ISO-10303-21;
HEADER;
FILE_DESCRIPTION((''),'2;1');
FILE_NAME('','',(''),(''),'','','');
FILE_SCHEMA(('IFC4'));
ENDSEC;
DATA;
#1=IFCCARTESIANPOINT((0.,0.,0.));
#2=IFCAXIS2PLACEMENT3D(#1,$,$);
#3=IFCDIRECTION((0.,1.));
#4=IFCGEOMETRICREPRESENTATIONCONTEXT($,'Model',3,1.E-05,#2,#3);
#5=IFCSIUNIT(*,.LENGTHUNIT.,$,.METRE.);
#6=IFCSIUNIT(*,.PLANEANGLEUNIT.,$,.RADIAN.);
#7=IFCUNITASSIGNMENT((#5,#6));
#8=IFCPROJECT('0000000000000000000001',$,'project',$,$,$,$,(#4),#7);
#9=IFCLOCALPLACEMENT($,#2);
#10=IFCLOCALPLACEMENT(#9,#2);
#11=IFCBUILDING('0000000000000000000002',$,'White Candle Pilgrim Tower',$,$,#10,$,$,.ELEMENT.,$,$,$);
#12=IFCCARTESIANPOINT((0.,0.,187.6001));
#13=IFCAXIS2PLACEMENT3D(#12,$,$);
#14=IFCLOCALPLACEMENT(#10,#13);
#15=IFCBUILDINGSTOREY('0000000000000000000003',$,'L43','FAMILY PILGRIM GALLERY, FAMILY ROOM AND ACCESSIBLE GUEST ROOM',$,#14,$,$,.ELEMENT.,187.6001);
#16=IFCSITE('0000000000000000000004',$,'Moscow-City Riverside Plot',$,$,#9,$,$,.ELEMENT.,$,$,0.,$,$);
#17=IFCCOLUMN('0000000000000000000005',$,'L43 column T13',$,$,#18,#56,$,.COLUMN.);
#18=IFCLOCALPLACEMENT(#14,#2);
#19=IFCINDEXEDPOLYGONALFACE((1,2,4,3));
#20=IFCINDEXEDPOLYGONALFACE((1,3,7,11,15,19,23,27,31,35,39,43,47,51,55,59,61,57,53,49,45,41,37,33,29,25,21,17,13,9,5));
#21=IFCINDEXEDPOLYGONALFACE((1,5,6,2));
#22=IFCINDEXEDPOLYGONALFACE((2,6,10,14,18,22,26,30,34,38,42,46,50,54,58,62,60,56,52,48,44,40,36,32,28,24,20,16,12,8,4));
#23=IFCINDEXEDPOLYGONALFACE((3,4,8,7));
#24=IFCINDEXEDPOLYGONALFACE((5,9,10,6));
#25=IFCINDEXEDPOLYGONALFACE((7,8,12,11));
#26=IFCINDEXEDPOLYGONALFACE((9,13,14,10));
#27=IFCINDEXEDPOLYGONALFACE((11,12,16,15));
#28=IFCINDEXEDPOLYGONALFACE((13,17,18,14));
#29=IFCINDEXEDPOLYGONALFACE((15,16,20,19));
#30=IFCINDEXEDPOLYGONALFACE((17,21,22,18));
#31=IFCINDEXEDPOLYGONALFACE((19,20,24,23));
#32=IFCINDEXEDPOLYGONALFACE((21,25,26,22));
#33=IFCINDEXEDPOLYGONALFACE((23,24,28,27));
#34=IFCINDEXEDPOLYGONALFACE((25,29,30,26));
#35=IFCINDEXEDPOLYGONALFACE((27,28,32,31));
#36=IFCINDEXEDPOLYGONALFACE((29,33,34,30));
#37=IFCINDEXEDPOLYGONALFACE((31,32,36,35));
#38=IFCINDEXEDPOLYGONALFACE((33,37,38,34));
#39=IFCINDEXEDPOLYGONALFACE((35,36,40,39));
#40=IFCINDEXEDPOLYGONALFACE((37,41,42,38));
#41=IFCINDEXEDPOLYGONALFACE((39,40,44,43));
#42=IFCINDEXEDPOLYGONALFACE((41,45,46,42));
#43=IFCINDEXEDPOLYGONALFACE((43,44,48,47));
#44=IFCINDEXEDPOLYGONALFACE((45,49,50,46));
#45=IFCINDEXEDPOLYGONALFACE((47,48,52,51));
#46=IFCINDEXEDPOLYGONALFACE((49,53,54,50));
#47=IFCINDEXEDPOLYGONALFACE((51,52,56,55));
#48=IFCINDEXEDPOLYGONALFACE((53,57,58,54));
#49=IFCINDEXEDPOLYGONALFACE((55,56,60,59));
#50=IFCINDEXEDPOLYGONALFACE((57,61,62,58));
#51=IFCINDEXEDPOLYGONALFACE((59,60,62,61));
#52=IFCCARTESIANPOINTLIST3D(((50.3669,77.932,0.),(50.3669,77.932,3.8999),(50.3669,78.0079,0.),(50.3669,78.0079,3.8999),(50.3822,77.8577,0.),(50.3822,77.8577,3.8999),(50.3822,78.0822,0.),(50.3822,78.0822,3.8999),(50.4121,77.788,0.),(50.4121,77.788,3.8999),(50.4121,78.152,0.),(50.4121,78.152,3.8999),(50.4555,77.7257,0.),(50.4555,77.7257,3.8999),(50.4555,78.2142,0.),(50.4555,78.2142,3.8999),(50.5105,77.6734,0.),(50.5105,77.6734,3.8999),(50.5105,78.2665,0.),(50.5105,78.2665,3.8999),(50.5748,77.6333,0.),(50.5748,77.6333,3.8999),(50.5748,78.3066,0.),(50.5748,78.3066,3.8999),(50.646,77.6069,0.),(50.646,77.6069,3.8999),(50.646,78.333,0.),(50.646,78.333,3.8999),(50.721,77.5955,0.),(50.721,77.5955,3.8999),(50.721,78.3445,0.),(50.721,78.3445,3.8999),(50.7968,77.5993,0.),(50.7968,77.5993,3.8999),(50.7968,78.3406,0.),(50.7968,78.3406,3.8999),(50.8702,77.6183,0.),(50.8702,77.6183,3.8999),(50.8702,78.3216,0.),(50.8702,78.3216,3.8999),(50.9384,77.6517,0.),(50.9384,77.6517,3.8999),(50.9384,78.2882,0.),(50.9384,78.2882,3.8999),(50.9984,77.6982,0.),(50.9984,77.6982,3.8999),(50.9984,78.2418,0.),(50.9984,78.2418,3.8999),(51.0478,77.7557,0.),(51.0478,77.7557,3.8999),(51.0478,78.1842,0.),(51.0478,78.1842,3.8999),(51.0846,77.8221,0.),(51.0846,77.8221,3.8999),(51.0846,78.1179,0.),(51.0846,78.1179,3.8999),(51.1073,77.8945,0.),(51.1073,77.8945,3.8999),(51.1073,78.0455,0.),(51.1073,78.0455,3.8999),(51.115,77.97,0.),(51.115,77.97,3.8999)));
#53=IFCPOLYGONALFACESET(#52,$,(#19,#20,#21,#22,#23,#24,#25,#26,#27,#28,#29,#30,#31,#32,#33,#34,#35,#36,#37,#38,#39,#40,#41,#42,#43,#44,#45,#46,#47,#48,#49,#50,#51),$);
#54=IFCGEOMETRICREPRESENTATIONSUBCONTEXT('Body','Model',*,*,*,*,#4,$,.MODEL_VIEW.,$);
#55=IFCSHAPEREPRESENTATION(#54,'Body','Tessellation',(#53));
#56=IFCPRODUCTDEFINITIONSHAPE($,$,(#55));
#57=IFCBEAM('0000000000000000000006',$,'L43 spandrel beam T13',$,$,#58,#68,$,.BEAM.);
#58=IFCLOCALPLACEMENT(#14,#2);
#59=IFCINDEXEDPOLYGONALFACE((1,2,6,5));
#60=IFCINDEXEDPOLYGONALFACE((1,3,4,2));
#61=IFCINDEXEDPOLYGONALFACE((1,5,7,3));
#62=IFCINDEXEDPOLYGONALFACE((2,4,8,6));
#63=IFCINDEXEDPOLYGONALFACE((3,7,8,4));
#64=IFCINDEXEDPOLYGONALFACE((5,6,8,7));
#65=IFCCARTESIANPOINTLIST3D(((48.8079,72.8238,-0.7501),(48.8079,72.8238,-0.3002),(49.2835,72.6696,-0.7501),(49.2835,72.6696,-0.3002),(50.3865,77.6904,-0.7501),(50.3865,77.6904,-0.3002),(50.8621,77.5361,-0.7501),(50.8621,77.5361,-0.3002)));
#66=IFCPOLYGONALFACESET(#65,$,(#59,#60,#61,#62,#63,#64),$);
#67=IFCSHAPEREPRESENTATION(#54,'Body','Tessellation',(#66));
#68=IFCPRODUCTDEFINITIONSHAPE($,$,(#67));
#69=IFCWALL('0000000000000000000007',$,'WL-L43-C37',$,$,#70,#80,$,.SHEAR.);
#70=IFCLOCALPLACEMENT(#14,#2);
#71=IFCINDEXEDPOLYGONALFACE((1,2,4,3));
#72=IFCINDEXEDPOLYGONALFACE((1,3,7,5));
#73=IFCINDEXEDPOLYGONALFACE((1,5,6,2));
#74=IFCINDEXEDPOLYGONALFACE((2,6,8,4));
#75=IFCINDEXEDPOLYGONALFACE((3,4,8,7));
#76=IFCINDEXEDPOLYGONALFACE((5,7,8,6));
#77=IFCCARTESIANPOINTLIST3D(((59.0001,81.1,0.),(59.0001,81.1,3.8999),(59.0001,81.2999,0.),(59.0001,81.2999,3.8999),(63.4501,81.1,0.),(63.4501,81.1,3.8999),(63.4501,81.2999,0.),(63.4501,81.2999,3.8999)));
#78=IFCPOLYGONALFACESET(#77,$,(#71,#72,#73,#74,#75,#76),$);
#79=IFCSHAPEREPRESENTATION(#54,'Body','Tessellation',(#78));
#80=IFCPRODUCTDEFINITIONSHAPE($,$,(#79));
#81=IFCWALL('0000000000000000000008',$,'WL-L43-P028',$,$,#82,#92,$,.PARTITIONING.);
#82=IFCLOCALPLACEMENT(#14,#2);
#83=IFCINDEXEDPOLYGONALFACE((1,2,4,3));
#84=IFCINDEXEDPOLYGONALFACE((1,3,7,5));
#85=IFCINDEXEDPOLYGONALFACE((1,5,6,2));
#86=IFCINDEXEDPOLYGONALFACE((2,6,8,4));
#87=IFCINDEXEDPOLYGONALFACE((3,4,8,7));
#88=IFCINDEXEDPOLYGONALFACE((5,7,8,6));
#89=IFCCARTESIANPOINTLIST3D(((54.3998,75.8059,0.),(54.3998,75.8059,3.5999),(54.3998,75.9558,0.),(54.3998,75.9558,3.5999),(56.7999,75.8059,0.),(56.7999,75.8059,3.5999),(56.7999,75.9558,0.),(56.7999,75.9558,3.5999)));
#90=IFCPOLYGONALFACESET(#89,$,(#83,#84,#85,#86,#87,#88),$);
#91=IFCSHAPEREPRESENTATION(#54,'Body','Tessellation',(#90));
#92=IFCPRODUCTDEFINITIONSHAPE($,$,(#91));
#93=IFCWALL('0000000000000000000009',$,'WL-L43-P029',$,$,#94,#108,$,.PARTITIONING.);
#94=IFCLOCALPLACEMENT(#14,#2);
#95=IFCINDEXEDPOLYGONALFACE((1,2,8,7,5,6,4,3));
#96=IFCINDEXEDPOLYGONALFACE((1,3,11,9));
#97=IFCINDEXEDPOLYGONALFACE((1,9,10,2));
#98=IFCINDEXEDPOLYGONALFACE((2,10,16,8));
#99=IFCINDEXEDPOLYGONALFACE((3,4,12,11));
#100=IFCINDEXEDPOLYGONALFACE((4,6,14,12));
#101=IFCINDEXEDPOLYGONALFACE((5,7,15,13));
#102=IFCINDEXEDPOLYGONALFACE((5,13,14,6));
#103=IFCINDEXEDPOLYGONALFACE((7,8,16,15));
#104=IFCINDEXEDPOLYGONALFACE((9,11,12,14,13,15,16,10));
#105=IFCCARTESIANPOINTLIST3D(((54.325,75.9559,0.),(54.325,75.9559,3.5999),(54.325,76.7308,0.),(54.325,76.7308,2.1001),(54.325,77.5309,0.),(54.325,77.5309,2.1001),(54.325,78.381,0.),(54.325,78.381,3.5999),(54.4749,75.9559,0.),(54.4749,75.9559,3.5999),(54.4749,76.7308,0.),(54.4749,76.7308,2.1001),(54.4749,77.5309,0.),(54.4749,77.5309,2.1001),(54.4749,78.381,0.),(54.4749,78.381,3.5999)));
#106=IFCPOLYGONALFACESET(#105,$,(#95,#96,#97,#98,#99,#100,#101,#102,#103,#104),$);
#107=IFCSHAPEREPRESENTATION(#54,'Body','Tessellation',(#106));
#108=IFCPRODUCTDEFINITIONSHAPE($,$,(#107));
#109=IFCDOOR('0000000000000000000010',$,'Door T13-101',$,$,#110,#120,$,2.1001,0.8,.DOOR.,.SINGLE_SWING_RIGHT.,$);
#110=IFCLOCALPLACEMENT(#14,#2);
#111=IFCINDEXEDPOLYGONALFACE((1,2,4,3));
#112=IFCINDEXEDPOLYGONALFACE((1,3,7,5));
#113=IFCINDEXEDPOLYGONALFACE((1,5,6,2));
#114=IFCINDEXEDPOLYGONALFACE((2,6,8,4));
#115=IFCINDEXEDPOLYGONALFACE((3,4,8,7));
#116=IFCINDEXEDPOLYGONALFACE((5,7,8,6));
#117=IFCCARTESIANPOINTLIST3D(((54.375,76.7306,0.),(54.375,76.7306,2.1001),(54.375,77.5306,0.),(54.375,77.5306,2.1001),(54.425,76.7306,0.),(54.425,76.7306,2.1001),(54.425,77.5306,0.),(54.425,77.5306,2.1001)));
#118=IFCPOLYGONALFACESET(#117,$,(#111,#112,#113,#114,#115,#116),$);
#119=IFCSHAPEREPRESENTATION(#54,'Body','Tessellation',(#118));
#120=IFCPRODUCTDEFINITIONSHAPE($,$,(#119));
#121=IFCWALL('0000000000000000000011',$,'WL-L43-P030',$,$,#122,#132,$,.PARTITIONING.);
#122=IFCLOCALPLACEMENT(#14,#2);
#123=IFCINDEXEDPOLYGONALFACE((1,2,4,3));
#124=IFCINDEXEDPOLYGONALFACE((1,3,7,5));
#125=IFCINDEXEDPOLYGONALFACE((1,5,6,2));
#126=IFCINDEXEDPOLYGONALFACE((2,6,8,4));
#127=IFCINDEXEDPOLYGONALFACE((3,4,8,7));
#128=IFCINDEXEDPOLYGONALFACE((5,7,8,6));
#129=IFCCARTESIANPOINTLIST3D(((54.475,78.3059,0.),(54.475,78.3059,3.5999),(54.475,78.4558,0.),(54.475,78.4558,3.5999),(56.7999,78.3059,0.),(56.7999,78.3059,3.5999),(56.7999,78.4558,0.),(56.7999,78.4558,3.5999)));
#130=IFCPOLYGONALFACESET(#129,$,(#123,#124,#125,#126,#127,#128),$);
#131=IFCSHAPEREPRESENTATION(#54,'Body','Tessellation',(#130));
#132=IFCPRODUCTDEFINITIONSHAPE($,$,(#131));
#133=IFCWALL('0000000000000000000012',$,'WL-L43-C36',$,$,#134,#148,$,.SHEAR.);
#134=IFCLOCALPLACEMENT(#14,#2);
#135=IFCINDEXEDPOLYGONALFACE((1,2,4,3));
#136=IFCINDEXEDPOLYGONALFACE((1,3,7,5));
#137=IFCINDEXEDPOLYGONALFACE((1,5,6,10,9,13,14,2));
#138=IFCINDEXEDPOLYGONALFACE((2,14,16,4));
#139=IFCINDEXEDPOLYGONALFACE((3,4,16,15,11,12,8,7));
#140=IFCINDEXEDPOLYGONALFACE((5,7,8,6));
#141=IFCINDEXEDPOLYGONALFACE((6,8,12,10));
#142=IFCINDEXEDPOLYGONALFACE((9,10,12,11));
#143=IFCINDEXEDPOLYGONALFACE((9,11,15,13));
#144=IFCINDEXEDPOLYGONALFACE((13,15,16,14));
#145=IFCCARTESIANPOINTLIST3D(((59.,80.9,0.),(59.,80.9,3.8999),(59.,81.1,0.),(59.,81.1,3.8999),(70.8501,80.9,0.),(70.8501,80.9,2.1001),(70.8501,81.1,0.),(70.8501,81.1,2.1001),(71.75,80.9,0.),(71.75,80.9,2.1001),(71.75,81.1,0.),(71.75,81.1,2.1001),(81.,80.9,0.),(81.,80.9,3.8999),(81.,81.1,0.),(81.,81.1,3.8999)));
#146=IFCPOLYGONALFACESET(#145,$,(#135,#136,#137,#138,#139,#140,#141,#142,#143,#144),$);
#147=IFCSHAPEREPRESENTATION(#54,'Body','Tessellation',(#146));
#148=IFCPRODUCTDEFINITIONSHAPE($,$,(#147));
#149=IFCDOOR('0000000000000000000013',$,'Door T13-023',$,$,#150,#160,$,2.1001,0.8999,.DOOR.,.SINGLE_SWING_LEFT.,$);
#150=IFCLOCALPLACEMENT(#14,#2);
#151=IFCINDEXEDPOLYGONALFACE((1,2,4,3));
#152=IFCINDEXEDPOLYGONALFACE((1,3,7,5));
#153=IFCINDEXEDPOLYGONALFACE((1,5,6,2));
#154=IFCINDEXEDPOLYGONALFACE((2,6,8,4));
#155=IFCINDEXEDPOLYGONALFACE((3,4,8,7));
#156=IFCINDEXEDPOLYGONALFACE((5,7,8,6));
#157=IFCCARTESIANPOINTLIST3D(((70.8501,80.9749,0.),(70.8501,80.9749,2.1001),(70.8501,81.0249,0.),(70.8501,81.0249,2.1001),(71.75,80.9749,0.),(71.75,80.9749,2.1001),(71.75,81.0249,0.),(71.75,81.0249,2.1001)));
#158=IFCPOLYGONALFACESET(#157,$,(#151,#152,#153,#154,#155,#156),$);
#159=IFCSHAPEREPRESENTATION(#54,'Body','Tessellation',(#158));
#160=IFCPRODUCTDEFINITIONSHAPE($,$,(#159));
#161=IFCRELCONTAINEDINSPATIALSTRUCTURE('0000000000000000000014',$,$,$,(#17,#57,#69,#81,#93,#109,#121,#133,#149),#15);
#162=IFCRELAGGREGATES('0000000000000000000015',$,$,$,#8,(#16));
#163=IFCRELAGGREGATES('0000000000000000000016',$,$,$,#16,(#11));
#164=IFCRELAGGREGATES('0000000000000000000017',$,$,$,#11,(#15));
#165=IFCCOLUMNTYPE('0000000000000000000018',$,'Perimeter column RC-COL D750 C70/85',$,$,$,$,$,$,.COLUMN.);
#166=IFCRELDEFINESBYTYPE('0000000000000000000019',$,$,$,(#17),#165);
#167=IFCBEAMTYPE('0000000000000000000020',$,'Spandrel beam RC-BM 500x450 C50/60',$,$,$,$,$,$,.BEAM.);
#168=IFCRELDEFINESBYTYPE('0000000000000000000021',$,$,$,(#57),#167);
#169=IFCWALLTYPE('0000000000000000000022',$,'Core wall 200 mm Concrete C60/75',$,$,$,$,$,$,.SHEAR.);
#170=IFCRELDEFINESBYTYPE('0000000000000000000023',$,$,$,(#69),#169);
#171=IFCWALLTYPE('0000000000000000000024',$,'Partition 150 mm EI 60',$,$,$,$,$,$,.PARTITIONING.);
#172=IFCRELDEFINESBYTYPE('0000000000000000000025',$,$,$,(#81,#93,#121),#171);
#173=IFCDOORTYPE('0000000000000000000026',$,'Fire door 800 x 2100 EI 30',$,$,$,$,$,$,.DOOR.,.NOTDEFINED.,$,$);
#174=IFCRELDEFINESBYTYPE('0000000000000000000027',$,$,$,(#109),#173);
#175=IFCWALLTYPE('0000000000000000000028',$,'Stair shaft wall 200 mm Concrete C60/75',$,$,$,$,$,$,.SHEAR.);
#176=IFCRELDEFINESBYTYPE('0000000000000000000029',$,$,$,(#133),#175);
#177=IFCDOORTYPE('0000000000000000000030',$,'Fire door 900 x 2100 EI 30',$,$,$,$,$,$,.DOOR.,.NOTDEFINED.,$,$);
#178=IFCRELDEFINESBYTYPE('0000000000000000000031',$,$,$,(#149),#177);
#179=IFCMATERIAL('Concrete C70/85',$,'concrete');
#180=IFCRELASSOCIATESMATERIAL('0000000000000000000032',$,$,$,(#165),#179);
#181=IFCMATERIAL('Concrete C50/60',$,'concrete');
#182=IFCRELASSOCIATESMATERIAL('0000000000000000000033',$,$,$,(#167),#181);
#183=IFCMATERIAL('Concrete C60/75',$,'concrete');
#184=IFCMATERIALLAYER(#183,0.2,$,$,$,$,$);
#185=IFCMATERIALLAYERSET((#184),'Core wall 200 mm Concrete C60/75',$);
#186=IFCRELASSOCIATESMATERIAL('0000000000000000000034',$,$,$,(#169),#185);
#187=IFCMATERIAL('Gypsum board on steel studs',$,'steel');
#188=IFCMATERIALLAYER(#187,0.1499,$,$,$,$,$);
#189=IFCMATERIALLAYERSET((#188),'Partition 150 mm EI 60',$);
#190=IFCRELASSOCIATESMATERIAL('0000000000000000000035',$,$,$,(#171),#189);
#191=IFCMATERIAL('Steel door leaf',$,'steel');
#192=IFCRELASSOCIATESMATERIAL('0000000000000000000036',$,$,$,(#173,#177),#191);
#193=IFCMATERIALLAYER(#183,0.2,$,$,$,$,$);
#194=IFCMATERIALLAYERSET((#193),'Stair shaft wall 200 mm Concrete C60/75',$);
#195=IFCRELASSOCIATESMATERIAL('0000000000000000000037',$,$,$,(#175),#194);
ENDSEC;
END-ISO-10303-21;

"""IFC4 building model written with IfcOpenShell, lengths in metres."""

from ifc_helpers import new_model, si_unit, direction, frame, frame_2d, origin, origin_2d, place, context, subcontext, project, spatial, rectangle, circle, extrude, material, layer, layer_set, material_profile, profile_set, type_object, element, fill, save


model = new_model("IFC4")

# Units and contexts
model_context = context("Model", 3, precision=1e-05, world=origin(), true_north=direction((0.0, 1.0)))
body_context = subcontext(model_context, "Body", "Model", "MODEL_VIEW")
ifc_project = project(units=[si_unit("LENGTHUNIT", "METRE"), si_unit("PLANEANGLEUNIT", "RADIAN")], contexts=[model_context])

# Site, building, storey
site_placement = place(None, origin())
site = spatial("IfcSite", under=ifc_project, at=site_placement, Name="Moscow-City Riverside Plot", CompositionType="ELEMENT", RefElevation=0.0)
building_placement = place(site_placement, origin())
building = spatial("IfcBuilding", under=site, at=building_placement, Name="White Candle Pilgrim Tower", CompositionType="ELEMENT")
storey_placement = place(building_placement, frame((0.0, 0.0, 187.6001)))
storey = spatial("IfcBuildingStorey", under=building, at=storey_placement, Name="L43", Description="FAMILY PILGRIM GALLERY, FAMILY ROOM AND ACCESSIBLE GUEST ROOM", CompositionType="ELEMENT", Elevation=187.6001)

# Column
ifc_material_1 = material(Name="Concrete C70/85", Category="concrete")
ifc_material_profile_1 = material_profile(ifc_material_1, circle(Radius=0.375, at=origin_2d()), Name="RC-COL D750")
ifc_profile_set_1 = profile_set([ifc_material_profile_1], Name="Concrete C70/85")
column_type = type_object("IfcColumnType", Name="Perimeter column RC-COL D750 C70/85", PredefinedType="COLUMN", material=ifc_profile_set_1)
column_placement = place(storey_placement, frame((50.74, 77.97, 0.0), z_axis=(0.0, 0.0, 1.0), x_axis=(1.0, 0.0, 0.0)))
element("IfcColumn", 1, at=column_placement, inside=storey, type_object=column_type, Name="L43 column T13", PredefinedType="COLUMN", context=body_context, shape_type="SweptSolid", body=[
    extrude(circle(Radius=0.375, at=origin_2d()), origin(), (0.0, 0.0, 1.0), 3.8999),
])

# Beam
ifc_material_2 = material(Name="Concrete C50/60", Category="concrete")
ifc_material_profile_2 = material_profile(ifc_material_2, rectangle(XDim=0.5, YDim=0.45, at=origin_2d()), Name="RC-BM 500x450")
ifc_profile_set_2 = profile_set([ifc_material_profile_2], Name="Concrete C50/60")
beam_type = type_object("IfcBeamType", Name="Spandrel beam RC-BM 500x450 C50/60", PredefinedType="BEAM", material=ifc_profile_set_2)
beam_placement = place(storey_placement, frame((50.6243, 77.6133, -0.5251), z_axis=(-0.308544, -0.95121, 0.0), x_axis=(0.95121, -0.308544, 0.0)))
element("IfcBeam", 2, at=beam_placement, inside=storey, type_object=beam_type, Name="L43 spandrel beam T13", PredefinedType="BEAM", context=body_context, shape_type="SweptSolid", body=[
    extrude(rectangle(XDim=0.5, YDim=0.45, at=origin_2d()), origin(), (0.0, 0.0, 1.0), 5.1162),
])

# Walls
ifc_material_3 = material(Name="Concrete C60/75", Category="concrete")
ifc_layer_1 = layer(ifc_material_3, 0.2)
ifc_layer_set_1 = layer_set([ifc_layer_1], Name="Core wall 200 mm Concrete C60/75")
wall_type_1 = type_object("IfcWallType", Name="Core wall 200 mm Concrete C60/75", PredefinedType="SHEAR", material=ifc_layer_set_1)
wall_1_placement = place(storey_placement, frame((59.0, 81.2, 0.0), z_axis=(0.0, 0.0, 1.0), x_axis=(1.0, 0.0, 0.0)))
element("IfcWall", 3, at=wall_1_placement, inside=storey, type_object=wall_type_1, Name="WL-L43-C37", PredefinedType="SHEAR", context=body_context, shape_type="SweptSolid", body=[
    extrude(rectangle(XDim=4.45, YDim=0.2, at=frame_2d((2.2251, 0.0))), origin(), (0.0, 0.0, 1.0), 3.8999),
])
ifc_material_4 = material(Name="Gypsum board on steel studs", Category="steel")
ifc_layer_2 = layer(ifc_material_4, 0.1499)
ifc_layer_set_2 = layer_set([ifc_layer_2], Name="Partition 150 mm EI 60")
wall_type_2 = type_object("IfcWallType", Name="Partition 150 mm EI 60", PredefinedType="PARTITIONING", material=ifc_layer_set_2)
wall_2_placement = place(storey_placement, frame((56.8, 75.8809, 0.0), z_axis=(0.0, 0.0, 1.0), x_axis=(-1.0, 0.0, 0.0)))
element("IfcWall", 4, at=wall_2_placement, inside=storey, type_object=wall_type_2, Name="WL-L43-P028", PredefinedType="PARTITIONING", context=body_context, shape_type="SweptSolid", body=[
    extrude(rectangle(XDim=2.4001, YDim=0.1499, at=frame_2d((1.2002, 0.0))), origin(), (0.0, 0.0, 1.0), 3.5999),
])

# Wall, opening, door
wall_3_placement = place(storey_placement, frame((54.3999, 78.3809, 0.0), z_axis=(0.0, 0.0, 1.0), x_axis=(0.0, -1.0, 0.0)))
wall_3 = element("IfcWall", 5, at=wall_3_placement, inside=storey, type_object=wall_type_2, Name="WL-L43-P029", PredefinedType="PARTITIONING", context=body_context, shape_type="SweptSolid", body=[
    extrude(rectangle(XDim=2.425, YDim=0.1499, at=frame_2d((1.2124, 0.0))), origin(), (0.0, 0.0, 1.0), 3.5999),
])
opening_1_placement = place(wall_3_placement, frame((0.8501, 0.0, 0.0)))
opening_1 = element("IfcOpeningElement", 6, at=opening_1_placement, cuts=wall_3, PredefinedType="OPENING", context=body_context, shape_type="SweptSolid", body=[
    extrude(rectangle(XDim=0.8, YDim=2.1001, at=frame_2d((0.3999, 1.05))), frame((0.0, 0.085, 0.0), z_axis=(0.0, -1.0, 0.0), x_axis=(1.0, 0.0, 0.0)), (0.0, 0.0, 1.0), 0.1699),
])
ifc_material_5 = material(Name="Steel door leaf", Category="steel")
door_type_1 = type_object("IfcDoorType", Name="Fire door 800 x 2100 EI 30", OperationType="NOTDEFINED", PredefinedType="DOOR", material=ifc_material_5)
door_1_placement = place(opening_1_placement, frame((0.8, 0.0, 0.0), z_axis=(0.0, 0.0, 1.0), x_axis=(-1.0, 0.0, 0.0)))
door_1 = element("IfcDoor", 7, at=door_1_placement, inside=storey, type_object=door_type_1, Name="Door T13-101", OperationType="SINGLE_SWING_RIGHT", OverallHeight=2.1001, OverallWidth=0.8, PredefinedType="DOOR", context=body_context, shape_type="SweptSolid", body=[
    extrude(rectangle(XDim=0.8, YDim=2.1001, at=frame_2d((0.3999, 1.05))), frame((0.0, 0.0249, 0.0), z_axis=(0.0, -1.0, 0.0), x_axis=(1.0, 0.0, 0.0)), (0.0, 0.0, 1.0), 0.05),
])
fill(opening_1, door_1)

# Wall
wall_4_placement = place(storey_placement, frame((56.8, 78.3809, 0.0), z_axis=(0.0, 0.0, 1.0), x_axis=(-1.0, 0.0, 0.0)))
element("IfcWall", 8, at=wall_4_placement, inside=storey, type_object=wall_type_2, Name="WL-L43-P030", PredefinedType="PARTITIONING", context=body_context, shape_type="SweptSolid", body=[
    extrude(rectangle(XDim=2.325, YDim=0.1499, at=frame_2d((1.1626, 0.0))), origin(), (0.0, 0.0, 1.0), 3.5999),
])

# Wall, opening, door
ifc_layer_3 = layer(ifc_material_3, 0.2)
ifc_layer_set_3 = layer_set([ifc_layer_3], Name="Stair shaft wall 200 mm Concrete C60/75")
wall_type_3 = type_object("IfcWallType", Name="Stair shaft wall 200 mm Concrete C60/75", PredefinedType="SHEAR", material=ifc_layer_set_3)
wall_5_placement = place(storey_placement, frame((59.0, 81.0, 0.0), z_axis=(0.0, 0.0, 1.0), x_axis=(1.0, 0.0, 0.0)))
wall_5 = element("IfcWall", 9, at=wall_5_placement, inside=storey, type_object=wall_type_3, Name="WL-L43-C36", PredefinedType="SHEAR", context=body_context, shape_type="SweptSolid", body=[
    extrude(rectangle(XDim=22.0, YDim=0.2, at=frame_2d((11.0, 0.0))), origin(), (0.0, 0.0, 1.0), 3.8999),
])
opening_2_placement = place(wall_5_placement, frame((11.8501, 0.0, 0.0)))
opening_2 = element("IfcOpeningElement", 10, at=opening_2_placement, cuts=wall_5, PredefinedType="OPENING", context=body_context, shape_type="SweptSolid", body=[
    extrude(rectangle(XDim=0.8999, YDim=2.1001, at=frame_2d((0.45, 1.05))), frame((0.0, 0.1099, 0.0), z_axis=(0.0, -1.0, 0.0), x_axis=(1.0, 0.0, 0.0)), (0.0, 0.0, 1.0), 0.22),
])
door_type_2 = type_object("IfcDoorType", Name="Fire door 900 x 2100 EI 30", OperationType="NOTDEFINED", PredefinedType="DOOR", material=ifc_material_5)
door_2_placement = place(opening_2_placement, origin())
door_2 = element("IfcDoor", 11, at=door_2_placement, inside=storey, type_object=door_type_2, Name="Door T13-023", OperationType="SINGLE_SWING_LEFT", OverallHeight=2.1001, OverallWidth=0.8999, PredefinedType="DOOR", context=body_context, shape_type="SweptSolid", body=[
    extrude(rectangle(XDim=0.8999, YDim=2.1001, at=frame_2d((0.45, 1.05))), frame((0.0, 0.0249, 0.0), z_axis=(0.0, -1.0, 0.0), x_axis=(1.0, 0.0, 0.0)), (0.0, 0.0, 1.0), 0.05),
])
fill(opening_2, door_2)

save(model, "model.ifc")
